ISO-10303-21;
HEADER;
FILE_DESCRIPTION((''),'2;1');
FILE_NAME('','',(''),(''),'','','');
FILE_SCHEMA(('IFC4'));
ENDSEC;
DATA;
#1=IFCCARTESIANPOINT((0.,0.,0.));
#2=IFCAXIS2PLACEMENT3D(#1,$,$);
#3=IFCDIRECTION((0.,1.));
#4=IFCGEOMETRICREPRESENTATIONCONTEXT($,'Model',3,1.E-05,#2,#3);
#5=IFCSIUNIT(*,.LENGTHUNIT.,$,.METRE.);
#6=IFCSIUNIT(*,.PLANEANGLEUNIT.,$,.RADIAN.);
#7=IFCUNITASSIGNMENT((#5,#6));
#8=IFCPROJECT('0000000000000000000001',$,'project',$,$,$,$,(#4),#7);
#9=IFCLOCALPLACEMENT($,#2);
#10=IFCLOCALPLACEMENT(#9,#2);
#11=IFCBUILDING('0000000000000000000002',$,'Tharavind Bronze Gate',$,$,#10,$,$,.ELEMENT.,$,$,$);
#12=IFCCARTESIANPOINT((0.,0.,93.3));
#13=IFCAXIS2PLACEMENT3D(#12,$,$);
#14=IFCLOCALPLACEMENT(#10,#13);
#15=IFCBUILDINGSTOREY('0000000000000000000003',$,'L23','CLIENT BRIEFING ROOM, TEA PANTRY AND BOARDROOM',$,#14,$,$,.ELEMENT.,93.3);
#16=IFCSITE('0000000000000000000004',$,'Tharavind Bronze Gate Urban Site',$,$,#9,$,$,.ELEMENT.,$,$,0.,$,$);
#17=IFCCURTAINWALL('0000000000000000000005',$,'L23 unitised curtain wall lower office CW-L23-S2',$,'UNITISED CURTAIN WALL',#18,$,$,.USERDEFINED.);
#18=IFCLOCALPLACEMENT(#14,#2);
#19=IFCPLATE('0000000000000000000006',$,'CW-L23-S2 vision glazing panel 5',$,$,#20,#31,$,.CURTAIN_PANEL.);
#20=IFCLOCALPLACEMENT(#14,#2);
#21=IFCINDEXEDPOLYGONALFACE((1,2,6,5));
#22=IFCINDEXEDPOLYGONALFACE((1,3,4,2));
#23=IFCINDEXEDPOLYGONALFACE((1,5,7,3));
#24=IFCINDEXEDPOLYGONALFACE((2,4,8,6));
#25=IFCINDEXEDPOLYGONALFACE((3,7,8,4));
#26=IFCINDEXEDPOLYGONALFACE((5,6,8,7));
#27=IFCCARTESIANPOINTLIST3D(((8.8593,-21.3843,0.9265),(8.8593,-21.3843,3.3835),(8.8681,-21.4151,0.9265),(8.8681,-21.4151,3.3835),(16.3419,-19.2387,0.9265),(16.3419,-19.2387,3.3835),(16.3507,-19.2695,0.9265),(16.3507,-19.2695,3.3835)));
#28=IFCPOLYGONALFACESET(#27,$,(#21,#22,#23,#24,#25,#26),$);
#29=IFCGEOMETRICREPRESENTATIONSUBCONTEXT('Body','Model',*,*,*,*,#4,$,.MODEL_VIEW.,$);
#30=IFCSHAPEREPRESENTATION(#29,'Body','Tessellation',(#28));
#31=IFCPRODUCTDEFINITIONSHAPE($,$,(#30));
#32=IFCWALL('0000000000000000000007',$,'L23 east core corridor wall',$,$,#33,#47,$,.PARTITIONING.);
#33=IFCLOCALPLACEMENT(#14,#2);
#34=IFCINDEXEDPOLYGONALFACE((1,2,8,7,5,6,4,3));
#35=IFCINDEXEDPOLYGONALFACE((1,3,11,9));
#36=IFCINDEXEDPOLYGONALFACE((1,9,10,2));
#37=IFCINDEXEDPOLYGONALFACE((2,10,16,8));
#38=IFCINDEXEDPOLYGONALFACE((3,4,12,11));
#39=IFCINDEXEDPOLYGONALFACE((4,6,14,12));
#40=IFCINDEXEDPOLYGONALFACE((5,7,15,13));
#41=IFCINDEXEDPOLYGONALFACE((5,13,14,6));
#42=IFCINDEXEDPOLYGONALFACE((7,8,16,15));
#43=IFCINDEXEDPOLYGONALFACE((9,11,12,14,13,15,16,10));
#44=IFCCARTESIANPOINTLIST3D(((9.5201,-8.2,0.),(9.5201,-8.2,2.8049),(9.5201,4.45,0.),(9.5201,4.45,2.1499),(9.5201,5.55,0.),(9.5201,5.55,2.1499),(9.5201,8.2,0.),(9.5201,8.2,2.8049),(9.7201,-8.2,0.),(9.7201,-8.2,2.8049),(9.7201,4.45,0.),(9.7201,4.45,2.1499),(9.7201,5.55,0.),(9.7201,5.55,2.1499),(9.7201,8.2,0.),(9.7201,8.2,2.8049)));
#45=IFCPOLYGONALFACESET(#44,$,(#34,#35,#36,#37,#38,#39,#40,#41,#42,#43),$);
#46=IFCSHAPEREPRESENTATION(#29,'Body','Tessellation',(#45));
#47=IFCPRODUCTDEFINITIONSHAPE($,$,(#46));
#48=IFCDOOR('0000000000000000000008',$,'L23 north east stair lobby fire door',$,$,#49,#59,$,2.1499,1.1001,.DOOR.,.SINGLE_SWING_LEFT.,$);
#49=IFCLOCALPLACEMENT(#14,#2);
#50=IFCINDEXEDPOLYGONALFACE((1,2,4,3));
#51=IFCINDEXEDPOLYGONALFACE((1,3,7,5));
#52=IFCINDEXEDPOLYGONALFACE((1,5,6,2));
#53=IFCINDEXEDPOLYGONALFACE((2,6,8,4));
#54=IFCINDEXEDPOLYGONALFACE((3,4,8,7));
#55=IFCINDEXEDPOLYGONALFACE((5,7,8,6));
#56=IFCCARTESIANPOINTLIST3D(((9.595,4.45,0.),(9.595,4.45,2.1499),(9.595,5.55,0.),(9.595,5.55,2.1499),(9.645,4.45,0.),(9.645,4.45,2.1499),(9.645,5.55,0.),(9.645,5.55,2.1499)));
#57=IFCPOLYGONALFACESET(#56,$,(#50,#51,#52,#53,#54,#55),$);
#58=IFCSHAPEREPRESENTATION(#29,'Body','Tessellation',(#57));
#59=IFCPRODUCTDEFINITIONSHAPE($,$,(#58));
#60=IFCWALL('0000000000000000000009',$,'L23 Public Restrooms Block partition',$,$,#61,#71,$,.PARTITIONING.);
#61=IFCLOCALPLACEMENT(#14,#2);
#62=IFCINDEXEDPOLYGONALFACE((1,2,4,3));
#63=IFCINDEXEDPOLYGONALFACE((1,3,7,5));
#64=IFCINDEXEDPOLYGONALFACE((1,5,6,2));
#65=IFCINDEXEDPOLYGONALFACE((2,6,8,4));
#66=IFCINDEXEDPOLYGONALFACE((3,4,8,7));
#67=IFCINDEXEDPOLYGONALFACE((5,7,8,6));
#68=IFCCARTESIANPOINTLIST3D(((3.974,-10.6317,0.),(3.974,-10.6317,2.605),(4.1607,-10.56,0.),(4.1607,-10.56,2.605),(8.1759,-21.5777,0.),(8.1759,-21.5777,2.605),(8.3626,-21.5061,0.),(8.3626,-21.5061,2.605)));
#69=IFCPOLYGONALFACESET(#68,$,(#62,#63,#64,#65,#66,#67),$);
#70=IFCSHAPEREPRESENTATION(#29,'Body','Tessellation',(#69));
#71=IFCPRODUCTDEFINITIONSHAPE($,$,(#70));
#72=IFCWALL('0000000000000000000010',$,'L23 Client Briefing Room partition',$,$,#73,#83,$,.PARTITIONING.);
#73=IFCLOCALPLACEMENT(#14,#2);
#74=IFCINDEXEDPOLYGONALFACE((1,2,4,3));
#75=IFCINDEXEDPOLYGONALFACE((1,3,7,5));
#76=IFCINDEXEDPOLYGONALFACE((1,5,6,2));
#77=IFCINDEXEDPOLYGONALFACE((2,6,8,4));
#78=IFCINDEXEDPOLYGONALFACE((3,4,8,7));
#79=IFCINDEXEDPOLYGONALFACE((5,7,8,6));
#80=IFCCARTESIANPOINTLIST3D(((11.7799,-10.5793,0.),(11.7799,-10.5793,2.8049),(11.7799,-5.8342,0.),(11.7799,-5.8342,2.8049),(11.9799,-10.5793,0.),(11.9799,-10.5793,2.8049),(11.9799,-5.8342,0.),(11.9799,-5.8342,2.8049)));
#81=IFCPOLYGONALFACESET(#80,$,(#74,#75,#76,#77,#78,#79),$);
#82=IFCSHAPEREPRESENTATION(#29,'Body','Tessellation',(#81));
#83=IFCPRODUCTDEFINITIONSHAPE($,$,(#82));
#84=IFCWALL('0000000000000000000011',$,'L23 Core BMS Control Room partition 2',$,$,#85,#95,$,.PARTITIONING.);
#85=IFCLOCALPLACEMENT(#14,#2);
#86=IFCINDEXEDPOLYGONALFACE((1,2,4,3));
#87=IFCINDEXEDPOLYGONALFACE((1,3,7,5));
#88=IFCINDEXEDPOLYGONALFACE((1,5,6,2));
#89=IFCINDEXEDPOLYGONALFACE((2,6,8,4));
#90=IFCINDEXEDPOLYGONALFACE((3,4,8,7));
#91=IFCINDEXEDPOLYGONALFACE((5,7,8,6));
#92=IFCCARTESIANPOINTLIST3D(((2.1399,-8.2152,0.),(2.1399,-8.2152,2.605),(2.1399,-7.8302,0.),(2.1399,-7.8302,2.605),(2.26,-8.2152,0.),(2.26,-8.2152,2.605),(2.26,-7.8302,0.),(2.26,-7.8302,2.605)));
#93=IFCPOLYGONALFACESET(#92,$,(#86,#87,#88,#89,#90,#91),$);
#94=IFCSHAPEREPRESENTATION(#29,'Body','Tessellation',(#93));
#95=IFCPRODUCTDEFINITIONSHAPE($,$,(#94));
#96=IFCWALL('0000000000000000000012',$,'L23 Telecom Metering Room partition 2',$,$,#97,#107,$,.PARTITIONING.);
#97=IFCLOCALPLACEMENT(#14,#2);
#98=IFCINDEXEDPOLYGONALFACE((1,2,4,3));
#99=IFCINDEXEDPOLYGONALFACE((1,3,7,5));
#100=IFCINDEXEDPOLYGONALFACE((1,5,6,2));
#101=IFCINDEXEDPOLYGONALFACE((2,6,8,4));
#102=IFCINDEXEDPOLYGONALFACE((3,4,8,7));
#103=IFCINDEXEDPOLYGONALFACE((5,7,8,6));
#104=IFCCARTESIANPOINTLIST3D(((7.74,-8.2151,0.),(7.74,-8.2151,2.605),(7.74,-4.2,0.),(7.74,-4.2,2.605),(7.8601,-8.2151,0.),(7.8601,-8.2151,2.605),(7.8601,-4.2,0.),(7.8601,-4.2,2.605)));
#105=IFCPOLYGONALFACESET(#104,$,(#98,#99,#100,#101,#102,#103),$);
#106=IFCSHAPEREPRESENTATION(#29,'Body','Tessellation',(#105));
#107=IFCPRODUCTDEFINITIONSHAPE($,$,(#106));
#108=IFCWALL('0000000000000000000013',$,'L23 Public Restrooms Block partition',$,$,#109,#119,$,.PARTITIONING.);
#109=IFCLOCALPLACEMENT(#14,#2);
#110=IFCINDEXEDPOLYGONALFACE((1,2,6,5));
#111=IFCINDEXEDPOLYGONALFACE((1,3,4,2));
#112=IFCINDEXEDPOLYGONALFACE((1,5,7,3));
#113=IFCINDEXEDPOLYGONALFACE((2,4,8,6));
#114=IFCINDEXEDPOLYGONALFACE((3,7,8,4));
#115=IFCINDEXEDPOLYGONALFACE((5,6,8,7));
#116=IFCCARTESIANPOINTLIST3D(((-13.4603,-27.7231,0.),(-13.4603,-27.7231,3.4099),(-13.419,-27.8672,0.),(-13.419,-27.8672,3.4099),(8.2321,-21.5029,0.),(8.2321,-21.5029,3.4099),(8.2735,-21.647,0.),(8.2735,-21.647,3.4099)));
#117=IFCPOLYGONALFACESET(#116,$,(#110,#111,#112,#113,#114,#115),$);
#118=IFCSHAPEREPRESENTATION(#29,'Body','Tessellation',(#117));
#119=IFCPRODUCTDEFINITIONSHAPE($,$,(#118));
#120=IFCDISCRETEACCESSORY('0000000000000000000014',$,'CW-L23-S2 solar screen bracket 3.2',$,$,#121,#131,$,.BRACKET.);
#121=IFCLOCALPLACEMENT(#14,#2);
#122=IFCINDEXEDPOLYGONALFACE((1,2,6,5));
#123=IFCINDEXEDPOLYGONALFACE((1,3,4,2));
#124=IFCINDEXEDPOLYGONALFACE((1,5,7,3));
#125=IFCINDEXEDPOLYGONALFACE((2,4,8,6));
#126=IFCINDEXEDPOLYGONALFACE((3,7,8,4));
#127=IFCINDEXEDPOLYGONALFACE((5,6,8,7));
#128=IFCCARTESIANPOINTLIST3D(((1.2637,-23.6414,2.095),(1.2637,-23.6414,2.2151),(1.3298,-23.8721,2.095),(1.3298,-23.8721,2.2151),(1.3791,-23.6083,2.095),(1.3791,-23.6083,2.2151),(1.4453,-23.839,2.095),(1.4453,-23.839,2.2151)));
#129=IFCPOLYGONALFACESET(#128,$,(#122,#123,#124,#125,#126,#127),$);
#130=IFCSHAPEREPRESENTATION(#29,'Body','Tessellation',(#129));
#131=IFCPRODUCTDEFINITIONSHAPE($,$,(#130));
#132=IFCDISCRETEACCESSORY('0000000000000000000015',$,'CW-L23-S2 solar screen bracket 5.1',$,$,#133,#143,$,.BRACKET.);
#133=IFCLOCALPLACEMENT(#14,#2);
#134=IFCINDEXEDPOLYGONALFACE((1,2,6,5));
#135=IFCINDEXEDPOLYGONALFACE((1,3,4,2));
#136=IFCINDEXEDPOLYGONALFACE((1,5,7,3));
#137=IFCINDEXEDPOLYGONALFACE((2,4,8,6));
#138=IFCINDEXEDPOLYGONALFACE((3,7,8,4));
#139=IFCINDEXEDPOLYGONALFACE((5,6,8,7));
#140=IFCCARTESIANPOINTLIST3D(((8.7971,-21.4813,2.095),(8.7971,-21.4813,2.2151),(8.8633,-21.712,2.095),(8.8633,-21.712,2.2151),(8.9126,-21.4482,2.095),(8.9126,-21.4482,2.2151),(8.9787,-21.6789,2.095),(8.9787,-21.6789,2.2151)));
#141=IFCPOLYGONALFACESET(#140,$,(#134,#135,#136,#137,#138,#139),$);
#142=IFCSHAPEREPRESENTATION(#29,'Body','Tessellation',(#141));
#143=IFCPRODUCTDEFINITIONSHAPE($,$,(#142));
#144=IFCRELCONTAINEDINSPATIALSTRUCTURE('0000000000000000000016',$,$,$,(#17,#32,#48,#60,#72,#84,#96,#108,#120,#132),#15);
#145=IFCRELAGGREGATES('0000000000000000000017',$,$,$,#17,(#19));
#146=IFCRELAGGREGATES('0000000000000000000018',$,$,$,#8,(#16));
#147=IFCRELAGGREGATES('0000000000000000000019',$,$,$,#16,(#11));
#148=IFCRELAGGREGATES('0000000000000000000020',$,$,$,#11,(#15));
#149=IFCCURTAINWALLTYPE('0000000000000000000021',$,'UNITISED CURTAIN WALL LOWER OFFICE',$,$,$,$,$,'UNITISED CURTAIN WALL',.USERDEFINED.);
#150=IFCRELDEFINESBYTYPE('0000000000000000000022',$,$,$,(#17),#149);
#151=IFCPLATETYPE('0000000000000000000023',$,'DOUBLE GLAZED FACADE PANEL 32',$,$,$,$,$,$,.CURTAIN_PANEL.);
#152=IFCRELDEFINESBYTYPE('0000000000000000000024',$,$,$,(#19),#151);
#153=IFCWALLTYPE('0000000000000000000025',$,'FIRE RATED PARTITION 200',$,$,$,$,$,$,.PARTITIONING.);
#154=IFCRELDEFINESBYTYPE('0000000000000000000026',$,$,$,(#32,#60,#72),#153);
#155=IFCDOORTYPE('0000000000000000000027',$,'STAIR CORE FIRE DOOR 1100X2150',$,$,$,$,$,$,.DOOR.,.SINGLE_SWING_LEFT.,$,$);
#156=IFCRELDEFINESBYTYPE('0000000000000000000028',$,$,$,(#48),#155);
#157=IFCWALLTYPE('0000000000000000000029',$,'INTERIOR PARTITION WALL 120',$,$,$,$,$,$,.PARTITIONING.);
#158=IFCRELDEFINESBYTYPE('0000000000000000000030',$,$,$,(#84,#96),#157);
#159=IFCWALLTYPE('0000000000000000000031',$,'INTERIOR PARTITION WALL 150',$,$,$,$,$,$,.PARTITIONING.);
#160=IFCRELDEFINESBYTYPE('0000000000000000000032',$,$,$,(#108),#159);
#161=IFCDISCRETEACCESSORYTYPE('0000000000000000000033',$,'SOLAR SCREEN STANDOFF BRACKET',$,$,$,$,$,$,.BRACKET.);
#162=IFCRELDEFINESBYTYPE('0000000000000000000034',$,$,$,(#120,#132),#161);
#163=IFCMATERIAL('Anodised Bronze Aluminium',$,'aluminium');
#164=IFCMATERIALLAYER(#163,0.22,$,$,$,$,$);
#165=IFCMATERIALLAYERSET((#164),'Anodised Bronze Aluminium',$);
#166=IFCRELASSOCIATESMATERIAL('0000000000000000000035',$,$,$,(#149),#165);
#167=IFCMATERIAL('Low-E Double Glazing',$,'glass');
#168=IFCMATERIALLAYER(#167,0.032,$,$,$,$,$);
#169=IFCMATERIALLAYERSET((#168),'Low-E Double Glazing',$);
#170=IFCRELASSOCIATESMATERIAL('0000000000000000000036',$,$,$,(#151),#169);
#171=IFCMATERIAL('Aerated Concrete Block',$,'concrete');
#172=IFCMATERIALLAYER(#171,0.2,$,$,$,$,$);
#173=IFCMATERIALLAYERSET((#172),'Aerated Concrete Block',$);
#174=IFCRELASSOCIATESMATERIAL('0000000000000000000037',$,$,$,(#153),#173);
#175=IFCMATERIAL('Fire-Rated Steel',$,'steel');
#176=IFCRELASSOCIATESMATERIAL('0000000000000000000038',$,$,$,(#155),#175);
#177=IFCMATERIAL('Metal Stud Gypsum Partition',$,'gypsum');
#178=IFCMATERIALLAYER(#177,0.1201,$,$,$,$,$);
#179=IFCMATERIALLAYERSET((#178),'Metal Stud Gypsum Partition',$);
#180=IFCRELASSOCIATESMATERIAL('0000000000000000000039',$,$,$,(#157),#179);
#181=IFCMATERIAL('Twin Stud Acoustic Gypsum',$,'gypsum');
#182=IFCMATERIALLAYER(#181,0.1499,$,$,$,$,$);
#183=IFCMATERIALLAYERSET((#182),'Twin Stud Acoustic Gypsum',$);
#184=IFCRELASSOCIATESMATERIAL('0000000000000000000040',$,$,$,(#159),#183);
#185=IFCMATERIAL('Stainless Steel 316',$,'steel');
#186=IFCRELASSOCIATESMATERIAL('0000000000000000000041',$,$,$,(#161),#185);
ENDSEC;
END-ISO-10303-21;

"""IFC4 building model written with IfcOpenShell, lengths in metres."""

from ifc_helpers import new_model, si_unit, direction, frame, frame_2d, origin, origin_2d, place, context, subcontext, project, spatial, rectangle, extrude, material, layer, layer_set, type_object, element, fill, aggregate, save


model = new_model("IFC4")

# Units and contexts
model_context = context("Model", 3, precision=1e-05, world=origin(), true_north=direction((0.0, 1.0)))
body_context = subcontext(model_context, "Body", "Model", "MODEL_VIEW")
ifc_project = project(units=[si_unit("LENGTHUNIT", "METRE"), si_unit("PLANEANGLEUNIT", "RADIAN")], contexts=[model_context])

# Site, building, storey
site_placement = place(None, origin())
site = spatial("IfcSite", under=ifc_project, at=site_placement, Name="Tharavind Bronze Gate Urban Site", CompositionType="ELEMENT", RefElevation=0.0)
building_placement = place(site_placement, origin())
building = spatial("IfcBuilding", under=site, at=building_placement, Name="Tharavind Bronze Gate", CompositionType="ELEMENT")
storey_placement = place(building_placement, frame((0.0, 0.0, 93.3)))
storey = spatial("IfcBuildingStorey", under=building, at=storey_placement, Name="L23", Description="CLIENT BRIEFING ROOM, TEA PANTRY AND BOARDROOM", CompositionType="ELEMENT", Elevation=93.3)

# Curtain wall
ifc_material_1 = material(Name="Anodised Bronze Aluminium", Category="aluminium")
ifc_layer_1 = layer(ifc_material_1, 0.22)
ifc_layer_set_1 = layer_set([ifc_layer_1], Name="Anodised Bronze Aluminium")
curtain_wall_type = type_object("IfcCurtainWallType", Name="UNITISED CURTAIN WALL LOWER OFFICE", ElementType="UNITISED CURTAIN WALL", PredefinedType="USERDEFINED", material=ifc_layer_set_1)
curtain_wall_placement = place(storey_placement, origin())
curtain_wall = element("IfcCurtainWall", 1, at=curtain_wall_placement, inside=storey, type_object=curtain_wall_type, Name="L23 unitised curtain wall lower office CW-L23-S2", ObjectType="UNITISED CURTAIN WALL", PredefinedType="USERDEFINED")

# Plate
ifc_material_2 = material(Name="Low-E Double Glazing", Category="glass")
ifc_layer_2 = layer(ifc_material_2, 0.032)
ifc_layer_set_2 = layer_set([ifc_layer_2], Name="Low-E Double Glazing")
plate_type_1 = type_object("IfcPlateType", Name="DOUBLE GLAZED FACADE PANEL 32", PredefinedType="CURTAIN_PANEL", material=ifc_layer_set_2)
plate_1_placement = place(storey_placement, frame((12.605, -20.3269, 0.9265), z_axis=(0.0, 0.0, 1.0), x_axis=(0.961262, 0.275637, 0.0)))
plate_1 = element("IfcPlate", 2, at=plate_1_placement, type_object=plate_type_1, Name="CW-L23-S2 vision glazing panel 5", PredefinedType="CURTAIN_PANEL", context=body_context, shape_type="SweptSolid", body=[
    extrude(rectangle(XDim=7.7842, YDim=0.032, at=origin_2d()), origin(), (0.0, 0.0, 1.0), 2.457),
])
aggregate(curtain_wall, [plate_1])

# Wall, opening, door
ifc_material_3 = material(Name="Aerated Concrete Block", Category="concrete")
ifc_layer_3 = layer(ifc_material_3, 0.2)
ifc_layer_set_3 = layer_set([ifc_layer_3], Name="Aerated Concrete Block")
wall_type_1 = type_object("IfcWallType", Name="FIRE RATED PARTITION 200", PredefinedType="PARTITIONING", material=ifc_layer_set_3)
wall_1_placement = place(storey_placement, frame((9.6201, -8.2, 0.0), z_axis=(0.0, 0.0, 1.0), x_axis=(0.0, 1.0, 0.0)))
wall_1 = element("IfcWall", 3, at=wall_1_placement, inside=storey, type_object=wall_type_1, Name="L23 east core corridor wall", PredefinedType="PARTITIONING", context=body_context, shape_type="SweptSolid", body=[
    extrude(rectangle(XDim=16.3999, YDim=0.2, at=frame_2d((8.2, 0.0))), origin(), (0.0, 0.0, 1.0), 2.8049),
])
opening_1_placement = place(wall_1_placement, frame((12.6499, 0.0, 0.0)))
opening_1 = element("IfcOpeningElement", 4, at=opening_1_placement, cuts=wall_1, PredefinedType="OPENING", context=body_context, shape_type="SweptSolid", body=[
    extrude(rectangle(XDim=1.1001, YDim=2.1499, at=frame_2d((0.55, 1.075))), frame((0.0, 0.1101, 0.0), z_axis=(0.0, -1.0, 0.0), x_axis=(1.0, 0.0, 0.0)), (0.0, 0.0, 1.0), 0.22),
])
ifc_material_4 = material(Name="Fire-Rated Steel", Category="steel")
door_type_1 = type_object("IfcDoorType", Name="STAIR CORE FIRE DOOR 1100X2150", OperationType="SINGLE_SWING_LEFT", PredefinedType="DOOR", material=ifc_material_4)
door_1_placement = place(opening_1_placement, frame((1.1001, 0.0, 0.0), z_axis=(0.0, 0.0, 1.0), x_axis=(-1.0, 0.0, 0.0)))
door_1 = element("IfcDoor", 5, at=door_1_placement, inside=storey, type_object=door_type_1, Name="L23 north east stair lobby fire door", OperationType="SINGLE_SWING_LEFT", OverallHeight=2.1499, OverallWidth=1.1001, PredefinedType="DOOR", context=body_context, shape_type="SweptSolid", body=[
    extrude(rectangle(XDim=1.1001, YDim=2.1499, at=frame_2d((0.55, 1.075))), frame((0.0, 0.0249, 0.0), z_axis=(0.0, -1.0, 0.0), x_axis=(1.0, 0.0, 0.0)), (0.0, 0.0, 1.0), 0.05),
])
fill(opening_1, door_1)

# Wall
wall_2_placement = place(storey_placement, frame((4.0674, -10.5959, 0.0), z_axis=(0.0, 0.0, 1.0), x_axis=(0.358376, -0.933577, 0.0)))
element("IfcWall", 6, at=wall_2_placement, inside=storey, type_object=wall_type_1, Name="L23 Public Restrooms Block partition", PredefinedType="PARTITIONING", context=body_context, shape_type="SweptSolid", body=[
    extrude(rectangle(XDim=11.7249, YDim=0.2, at=frame_2d((5.8623, 0.0))), origin(), (0.0, 0.0, 1.0), 2.605),
])

# Walls
wall_3_placement = place(storey_placement, frame((11.8799, -10.5793, 0.0), z_axis=(0.0, 0.0, 1.0), x_axis=(0.0, 1.0, 0.0)))
element("IfcWall", 7, at=wall_3_placement, inside=storey, type_object=wall_type_1, Name="L23 Client Briefing Room partition", PredefinedType="PARTITIONING", context=body_context, shape_type="SweptSolid", body=[
    extrude(rectangle(XDim=4.7451, YDim=0.2, at=frame_2d((2.3726, 0.0))), origin(), (0.0, 0.0, 1.0), 2.8049),
])
ifc_material_5 = material(Name="Metal Stud Gypsum Partition", Category="gypsum")
ifc_layer_4 = layer(ifc_material_5, 0.1201)
ifc_layer_set_4 = layer_set([ifc_layer_4], Name="Metal Stud Gypsum Partition")
wall_type_2 = type_object("IfcWallType", Name="INTERIOR PARTITION WALL 120", PredefinedType="PARTITIONING", material=ifc_layer_set_4)
wall_4_placement = place(storey_placement, frame((2.2, -8.2151, 0.0), z_axis=(0.0, 0.0, 1.0), x_axis=(0.0, 1.0, 0.0)))
element("IfcWall", 8, at=wall_4_placement, inside=storey, type_object=wall_type_2, Name="L23 Core BMS Control Room partition 2", PredefinedType="PARTITIONING", context=body_context, shape_type="SweptSolid", body=[
    extrude(rectangle(XDim=0.385, YDim=0.1201, at=frame_2d((0.1924, 0.0))), origin(), (0.0, 0.0, 1.0), 2.605),
])
wall_5_placement = place(storey_placement, frame((7.8, -8.2151, 0.0), z_axis=(0.0, 0.0, 1.0), x_axis=(0.0, 1.0, 0.0)))
element("IfcWall", 9, at=wall_5_placement, inside=storey, type_object=wall_type_2, Name="L23 Telecom Metering Room partition 2", PredefinedType="PARTITIONING", context=body_context, shape_type="SweptSolid", body=[
    extrude(rectangle(XDim=4.0151, YDim=0.1201, at=frame_2d((2.0076, 0.0))), origin(), (0.0, 0.0, 1.0), 2.605),
])
ifc_material_6 = material(Name="Twin Stud Acoustic Gypsum", Category="gypsum")
ifc_layer_5 = layer(ifc_material_6, 0.1499)
ifc_layer_set_5 = layer_set([ifc_layer_5], Name="Twin Stud Acoustic Gypsum")
wall_type_3 = type_object("IfcWallType", Name="INTERIOR PARTITION WALL 150", PredefinedType="PARTITIONING", material=ifc_layer_set_5)
wall_6_placement = place(storey_placement, frame((8.2527, -21.575, 0.0), z_axis=(0.0, 0.0, 1.0), x_axis=(-0.961261, -0.275638, 0.0)))
element("IfcWall", 10, at=wall_6_placement, inside=storey, type_object=wall_type_3, Name="L23 Public Restrooms Block partition", PredefinedType="PARTITIONING", context=body_context, shape_type="SweptSolid", body=[
    extrude(rectangle(XDim=22.5667, YDim=0.1499, at=frame_2d((11.2832, 0.0))), origin(), (0.0, 0.0, 1.0), 3.4099),
])

# Discrete accessories
ifc_material_7 = material(Name="Stainless Steel 316", Category="steel")
discrete_accessory_type = type_object("IfcDiscreteAccessoryType", Name="SOLAR SCREEN STANDOFF BRACKET", PredefinedType="BRACKET", material=ifc_material_7)
for number, where, z_axis, x_axis, name in (
    (11, (1.3545, -23.7402, 2.095), (0.0, 0.0, 1.0), (0.961262, 0.275637, 0.0), "CW-L23-S2 solar screen bracket 3.2"),
    (12, (8.8879, -21.5801, 2.095), (0.0, 0.0, 1.0), (0.961262, 0.275637, 0.0), "CW-L23-S2 solar screen bracket 5.1"),
):
    element("IfcDiscreteAccessory", number, at=place(storey_placement, frame(where, z_axis=z_axis, x_axis=x_axis)), inside=storey, type_object=discrete_accessory_type, Name=name, PredefinedType="BRACKET", context=body_context, shape_type="SweptSolid", body=[
        extrude(rectangle(XDim=0.1201, YDim=0.24, at=origin_2d()), origin(), (0.0, 0.0, 1.0), 0.1201),
    ])

save(model, "model.ifc")
